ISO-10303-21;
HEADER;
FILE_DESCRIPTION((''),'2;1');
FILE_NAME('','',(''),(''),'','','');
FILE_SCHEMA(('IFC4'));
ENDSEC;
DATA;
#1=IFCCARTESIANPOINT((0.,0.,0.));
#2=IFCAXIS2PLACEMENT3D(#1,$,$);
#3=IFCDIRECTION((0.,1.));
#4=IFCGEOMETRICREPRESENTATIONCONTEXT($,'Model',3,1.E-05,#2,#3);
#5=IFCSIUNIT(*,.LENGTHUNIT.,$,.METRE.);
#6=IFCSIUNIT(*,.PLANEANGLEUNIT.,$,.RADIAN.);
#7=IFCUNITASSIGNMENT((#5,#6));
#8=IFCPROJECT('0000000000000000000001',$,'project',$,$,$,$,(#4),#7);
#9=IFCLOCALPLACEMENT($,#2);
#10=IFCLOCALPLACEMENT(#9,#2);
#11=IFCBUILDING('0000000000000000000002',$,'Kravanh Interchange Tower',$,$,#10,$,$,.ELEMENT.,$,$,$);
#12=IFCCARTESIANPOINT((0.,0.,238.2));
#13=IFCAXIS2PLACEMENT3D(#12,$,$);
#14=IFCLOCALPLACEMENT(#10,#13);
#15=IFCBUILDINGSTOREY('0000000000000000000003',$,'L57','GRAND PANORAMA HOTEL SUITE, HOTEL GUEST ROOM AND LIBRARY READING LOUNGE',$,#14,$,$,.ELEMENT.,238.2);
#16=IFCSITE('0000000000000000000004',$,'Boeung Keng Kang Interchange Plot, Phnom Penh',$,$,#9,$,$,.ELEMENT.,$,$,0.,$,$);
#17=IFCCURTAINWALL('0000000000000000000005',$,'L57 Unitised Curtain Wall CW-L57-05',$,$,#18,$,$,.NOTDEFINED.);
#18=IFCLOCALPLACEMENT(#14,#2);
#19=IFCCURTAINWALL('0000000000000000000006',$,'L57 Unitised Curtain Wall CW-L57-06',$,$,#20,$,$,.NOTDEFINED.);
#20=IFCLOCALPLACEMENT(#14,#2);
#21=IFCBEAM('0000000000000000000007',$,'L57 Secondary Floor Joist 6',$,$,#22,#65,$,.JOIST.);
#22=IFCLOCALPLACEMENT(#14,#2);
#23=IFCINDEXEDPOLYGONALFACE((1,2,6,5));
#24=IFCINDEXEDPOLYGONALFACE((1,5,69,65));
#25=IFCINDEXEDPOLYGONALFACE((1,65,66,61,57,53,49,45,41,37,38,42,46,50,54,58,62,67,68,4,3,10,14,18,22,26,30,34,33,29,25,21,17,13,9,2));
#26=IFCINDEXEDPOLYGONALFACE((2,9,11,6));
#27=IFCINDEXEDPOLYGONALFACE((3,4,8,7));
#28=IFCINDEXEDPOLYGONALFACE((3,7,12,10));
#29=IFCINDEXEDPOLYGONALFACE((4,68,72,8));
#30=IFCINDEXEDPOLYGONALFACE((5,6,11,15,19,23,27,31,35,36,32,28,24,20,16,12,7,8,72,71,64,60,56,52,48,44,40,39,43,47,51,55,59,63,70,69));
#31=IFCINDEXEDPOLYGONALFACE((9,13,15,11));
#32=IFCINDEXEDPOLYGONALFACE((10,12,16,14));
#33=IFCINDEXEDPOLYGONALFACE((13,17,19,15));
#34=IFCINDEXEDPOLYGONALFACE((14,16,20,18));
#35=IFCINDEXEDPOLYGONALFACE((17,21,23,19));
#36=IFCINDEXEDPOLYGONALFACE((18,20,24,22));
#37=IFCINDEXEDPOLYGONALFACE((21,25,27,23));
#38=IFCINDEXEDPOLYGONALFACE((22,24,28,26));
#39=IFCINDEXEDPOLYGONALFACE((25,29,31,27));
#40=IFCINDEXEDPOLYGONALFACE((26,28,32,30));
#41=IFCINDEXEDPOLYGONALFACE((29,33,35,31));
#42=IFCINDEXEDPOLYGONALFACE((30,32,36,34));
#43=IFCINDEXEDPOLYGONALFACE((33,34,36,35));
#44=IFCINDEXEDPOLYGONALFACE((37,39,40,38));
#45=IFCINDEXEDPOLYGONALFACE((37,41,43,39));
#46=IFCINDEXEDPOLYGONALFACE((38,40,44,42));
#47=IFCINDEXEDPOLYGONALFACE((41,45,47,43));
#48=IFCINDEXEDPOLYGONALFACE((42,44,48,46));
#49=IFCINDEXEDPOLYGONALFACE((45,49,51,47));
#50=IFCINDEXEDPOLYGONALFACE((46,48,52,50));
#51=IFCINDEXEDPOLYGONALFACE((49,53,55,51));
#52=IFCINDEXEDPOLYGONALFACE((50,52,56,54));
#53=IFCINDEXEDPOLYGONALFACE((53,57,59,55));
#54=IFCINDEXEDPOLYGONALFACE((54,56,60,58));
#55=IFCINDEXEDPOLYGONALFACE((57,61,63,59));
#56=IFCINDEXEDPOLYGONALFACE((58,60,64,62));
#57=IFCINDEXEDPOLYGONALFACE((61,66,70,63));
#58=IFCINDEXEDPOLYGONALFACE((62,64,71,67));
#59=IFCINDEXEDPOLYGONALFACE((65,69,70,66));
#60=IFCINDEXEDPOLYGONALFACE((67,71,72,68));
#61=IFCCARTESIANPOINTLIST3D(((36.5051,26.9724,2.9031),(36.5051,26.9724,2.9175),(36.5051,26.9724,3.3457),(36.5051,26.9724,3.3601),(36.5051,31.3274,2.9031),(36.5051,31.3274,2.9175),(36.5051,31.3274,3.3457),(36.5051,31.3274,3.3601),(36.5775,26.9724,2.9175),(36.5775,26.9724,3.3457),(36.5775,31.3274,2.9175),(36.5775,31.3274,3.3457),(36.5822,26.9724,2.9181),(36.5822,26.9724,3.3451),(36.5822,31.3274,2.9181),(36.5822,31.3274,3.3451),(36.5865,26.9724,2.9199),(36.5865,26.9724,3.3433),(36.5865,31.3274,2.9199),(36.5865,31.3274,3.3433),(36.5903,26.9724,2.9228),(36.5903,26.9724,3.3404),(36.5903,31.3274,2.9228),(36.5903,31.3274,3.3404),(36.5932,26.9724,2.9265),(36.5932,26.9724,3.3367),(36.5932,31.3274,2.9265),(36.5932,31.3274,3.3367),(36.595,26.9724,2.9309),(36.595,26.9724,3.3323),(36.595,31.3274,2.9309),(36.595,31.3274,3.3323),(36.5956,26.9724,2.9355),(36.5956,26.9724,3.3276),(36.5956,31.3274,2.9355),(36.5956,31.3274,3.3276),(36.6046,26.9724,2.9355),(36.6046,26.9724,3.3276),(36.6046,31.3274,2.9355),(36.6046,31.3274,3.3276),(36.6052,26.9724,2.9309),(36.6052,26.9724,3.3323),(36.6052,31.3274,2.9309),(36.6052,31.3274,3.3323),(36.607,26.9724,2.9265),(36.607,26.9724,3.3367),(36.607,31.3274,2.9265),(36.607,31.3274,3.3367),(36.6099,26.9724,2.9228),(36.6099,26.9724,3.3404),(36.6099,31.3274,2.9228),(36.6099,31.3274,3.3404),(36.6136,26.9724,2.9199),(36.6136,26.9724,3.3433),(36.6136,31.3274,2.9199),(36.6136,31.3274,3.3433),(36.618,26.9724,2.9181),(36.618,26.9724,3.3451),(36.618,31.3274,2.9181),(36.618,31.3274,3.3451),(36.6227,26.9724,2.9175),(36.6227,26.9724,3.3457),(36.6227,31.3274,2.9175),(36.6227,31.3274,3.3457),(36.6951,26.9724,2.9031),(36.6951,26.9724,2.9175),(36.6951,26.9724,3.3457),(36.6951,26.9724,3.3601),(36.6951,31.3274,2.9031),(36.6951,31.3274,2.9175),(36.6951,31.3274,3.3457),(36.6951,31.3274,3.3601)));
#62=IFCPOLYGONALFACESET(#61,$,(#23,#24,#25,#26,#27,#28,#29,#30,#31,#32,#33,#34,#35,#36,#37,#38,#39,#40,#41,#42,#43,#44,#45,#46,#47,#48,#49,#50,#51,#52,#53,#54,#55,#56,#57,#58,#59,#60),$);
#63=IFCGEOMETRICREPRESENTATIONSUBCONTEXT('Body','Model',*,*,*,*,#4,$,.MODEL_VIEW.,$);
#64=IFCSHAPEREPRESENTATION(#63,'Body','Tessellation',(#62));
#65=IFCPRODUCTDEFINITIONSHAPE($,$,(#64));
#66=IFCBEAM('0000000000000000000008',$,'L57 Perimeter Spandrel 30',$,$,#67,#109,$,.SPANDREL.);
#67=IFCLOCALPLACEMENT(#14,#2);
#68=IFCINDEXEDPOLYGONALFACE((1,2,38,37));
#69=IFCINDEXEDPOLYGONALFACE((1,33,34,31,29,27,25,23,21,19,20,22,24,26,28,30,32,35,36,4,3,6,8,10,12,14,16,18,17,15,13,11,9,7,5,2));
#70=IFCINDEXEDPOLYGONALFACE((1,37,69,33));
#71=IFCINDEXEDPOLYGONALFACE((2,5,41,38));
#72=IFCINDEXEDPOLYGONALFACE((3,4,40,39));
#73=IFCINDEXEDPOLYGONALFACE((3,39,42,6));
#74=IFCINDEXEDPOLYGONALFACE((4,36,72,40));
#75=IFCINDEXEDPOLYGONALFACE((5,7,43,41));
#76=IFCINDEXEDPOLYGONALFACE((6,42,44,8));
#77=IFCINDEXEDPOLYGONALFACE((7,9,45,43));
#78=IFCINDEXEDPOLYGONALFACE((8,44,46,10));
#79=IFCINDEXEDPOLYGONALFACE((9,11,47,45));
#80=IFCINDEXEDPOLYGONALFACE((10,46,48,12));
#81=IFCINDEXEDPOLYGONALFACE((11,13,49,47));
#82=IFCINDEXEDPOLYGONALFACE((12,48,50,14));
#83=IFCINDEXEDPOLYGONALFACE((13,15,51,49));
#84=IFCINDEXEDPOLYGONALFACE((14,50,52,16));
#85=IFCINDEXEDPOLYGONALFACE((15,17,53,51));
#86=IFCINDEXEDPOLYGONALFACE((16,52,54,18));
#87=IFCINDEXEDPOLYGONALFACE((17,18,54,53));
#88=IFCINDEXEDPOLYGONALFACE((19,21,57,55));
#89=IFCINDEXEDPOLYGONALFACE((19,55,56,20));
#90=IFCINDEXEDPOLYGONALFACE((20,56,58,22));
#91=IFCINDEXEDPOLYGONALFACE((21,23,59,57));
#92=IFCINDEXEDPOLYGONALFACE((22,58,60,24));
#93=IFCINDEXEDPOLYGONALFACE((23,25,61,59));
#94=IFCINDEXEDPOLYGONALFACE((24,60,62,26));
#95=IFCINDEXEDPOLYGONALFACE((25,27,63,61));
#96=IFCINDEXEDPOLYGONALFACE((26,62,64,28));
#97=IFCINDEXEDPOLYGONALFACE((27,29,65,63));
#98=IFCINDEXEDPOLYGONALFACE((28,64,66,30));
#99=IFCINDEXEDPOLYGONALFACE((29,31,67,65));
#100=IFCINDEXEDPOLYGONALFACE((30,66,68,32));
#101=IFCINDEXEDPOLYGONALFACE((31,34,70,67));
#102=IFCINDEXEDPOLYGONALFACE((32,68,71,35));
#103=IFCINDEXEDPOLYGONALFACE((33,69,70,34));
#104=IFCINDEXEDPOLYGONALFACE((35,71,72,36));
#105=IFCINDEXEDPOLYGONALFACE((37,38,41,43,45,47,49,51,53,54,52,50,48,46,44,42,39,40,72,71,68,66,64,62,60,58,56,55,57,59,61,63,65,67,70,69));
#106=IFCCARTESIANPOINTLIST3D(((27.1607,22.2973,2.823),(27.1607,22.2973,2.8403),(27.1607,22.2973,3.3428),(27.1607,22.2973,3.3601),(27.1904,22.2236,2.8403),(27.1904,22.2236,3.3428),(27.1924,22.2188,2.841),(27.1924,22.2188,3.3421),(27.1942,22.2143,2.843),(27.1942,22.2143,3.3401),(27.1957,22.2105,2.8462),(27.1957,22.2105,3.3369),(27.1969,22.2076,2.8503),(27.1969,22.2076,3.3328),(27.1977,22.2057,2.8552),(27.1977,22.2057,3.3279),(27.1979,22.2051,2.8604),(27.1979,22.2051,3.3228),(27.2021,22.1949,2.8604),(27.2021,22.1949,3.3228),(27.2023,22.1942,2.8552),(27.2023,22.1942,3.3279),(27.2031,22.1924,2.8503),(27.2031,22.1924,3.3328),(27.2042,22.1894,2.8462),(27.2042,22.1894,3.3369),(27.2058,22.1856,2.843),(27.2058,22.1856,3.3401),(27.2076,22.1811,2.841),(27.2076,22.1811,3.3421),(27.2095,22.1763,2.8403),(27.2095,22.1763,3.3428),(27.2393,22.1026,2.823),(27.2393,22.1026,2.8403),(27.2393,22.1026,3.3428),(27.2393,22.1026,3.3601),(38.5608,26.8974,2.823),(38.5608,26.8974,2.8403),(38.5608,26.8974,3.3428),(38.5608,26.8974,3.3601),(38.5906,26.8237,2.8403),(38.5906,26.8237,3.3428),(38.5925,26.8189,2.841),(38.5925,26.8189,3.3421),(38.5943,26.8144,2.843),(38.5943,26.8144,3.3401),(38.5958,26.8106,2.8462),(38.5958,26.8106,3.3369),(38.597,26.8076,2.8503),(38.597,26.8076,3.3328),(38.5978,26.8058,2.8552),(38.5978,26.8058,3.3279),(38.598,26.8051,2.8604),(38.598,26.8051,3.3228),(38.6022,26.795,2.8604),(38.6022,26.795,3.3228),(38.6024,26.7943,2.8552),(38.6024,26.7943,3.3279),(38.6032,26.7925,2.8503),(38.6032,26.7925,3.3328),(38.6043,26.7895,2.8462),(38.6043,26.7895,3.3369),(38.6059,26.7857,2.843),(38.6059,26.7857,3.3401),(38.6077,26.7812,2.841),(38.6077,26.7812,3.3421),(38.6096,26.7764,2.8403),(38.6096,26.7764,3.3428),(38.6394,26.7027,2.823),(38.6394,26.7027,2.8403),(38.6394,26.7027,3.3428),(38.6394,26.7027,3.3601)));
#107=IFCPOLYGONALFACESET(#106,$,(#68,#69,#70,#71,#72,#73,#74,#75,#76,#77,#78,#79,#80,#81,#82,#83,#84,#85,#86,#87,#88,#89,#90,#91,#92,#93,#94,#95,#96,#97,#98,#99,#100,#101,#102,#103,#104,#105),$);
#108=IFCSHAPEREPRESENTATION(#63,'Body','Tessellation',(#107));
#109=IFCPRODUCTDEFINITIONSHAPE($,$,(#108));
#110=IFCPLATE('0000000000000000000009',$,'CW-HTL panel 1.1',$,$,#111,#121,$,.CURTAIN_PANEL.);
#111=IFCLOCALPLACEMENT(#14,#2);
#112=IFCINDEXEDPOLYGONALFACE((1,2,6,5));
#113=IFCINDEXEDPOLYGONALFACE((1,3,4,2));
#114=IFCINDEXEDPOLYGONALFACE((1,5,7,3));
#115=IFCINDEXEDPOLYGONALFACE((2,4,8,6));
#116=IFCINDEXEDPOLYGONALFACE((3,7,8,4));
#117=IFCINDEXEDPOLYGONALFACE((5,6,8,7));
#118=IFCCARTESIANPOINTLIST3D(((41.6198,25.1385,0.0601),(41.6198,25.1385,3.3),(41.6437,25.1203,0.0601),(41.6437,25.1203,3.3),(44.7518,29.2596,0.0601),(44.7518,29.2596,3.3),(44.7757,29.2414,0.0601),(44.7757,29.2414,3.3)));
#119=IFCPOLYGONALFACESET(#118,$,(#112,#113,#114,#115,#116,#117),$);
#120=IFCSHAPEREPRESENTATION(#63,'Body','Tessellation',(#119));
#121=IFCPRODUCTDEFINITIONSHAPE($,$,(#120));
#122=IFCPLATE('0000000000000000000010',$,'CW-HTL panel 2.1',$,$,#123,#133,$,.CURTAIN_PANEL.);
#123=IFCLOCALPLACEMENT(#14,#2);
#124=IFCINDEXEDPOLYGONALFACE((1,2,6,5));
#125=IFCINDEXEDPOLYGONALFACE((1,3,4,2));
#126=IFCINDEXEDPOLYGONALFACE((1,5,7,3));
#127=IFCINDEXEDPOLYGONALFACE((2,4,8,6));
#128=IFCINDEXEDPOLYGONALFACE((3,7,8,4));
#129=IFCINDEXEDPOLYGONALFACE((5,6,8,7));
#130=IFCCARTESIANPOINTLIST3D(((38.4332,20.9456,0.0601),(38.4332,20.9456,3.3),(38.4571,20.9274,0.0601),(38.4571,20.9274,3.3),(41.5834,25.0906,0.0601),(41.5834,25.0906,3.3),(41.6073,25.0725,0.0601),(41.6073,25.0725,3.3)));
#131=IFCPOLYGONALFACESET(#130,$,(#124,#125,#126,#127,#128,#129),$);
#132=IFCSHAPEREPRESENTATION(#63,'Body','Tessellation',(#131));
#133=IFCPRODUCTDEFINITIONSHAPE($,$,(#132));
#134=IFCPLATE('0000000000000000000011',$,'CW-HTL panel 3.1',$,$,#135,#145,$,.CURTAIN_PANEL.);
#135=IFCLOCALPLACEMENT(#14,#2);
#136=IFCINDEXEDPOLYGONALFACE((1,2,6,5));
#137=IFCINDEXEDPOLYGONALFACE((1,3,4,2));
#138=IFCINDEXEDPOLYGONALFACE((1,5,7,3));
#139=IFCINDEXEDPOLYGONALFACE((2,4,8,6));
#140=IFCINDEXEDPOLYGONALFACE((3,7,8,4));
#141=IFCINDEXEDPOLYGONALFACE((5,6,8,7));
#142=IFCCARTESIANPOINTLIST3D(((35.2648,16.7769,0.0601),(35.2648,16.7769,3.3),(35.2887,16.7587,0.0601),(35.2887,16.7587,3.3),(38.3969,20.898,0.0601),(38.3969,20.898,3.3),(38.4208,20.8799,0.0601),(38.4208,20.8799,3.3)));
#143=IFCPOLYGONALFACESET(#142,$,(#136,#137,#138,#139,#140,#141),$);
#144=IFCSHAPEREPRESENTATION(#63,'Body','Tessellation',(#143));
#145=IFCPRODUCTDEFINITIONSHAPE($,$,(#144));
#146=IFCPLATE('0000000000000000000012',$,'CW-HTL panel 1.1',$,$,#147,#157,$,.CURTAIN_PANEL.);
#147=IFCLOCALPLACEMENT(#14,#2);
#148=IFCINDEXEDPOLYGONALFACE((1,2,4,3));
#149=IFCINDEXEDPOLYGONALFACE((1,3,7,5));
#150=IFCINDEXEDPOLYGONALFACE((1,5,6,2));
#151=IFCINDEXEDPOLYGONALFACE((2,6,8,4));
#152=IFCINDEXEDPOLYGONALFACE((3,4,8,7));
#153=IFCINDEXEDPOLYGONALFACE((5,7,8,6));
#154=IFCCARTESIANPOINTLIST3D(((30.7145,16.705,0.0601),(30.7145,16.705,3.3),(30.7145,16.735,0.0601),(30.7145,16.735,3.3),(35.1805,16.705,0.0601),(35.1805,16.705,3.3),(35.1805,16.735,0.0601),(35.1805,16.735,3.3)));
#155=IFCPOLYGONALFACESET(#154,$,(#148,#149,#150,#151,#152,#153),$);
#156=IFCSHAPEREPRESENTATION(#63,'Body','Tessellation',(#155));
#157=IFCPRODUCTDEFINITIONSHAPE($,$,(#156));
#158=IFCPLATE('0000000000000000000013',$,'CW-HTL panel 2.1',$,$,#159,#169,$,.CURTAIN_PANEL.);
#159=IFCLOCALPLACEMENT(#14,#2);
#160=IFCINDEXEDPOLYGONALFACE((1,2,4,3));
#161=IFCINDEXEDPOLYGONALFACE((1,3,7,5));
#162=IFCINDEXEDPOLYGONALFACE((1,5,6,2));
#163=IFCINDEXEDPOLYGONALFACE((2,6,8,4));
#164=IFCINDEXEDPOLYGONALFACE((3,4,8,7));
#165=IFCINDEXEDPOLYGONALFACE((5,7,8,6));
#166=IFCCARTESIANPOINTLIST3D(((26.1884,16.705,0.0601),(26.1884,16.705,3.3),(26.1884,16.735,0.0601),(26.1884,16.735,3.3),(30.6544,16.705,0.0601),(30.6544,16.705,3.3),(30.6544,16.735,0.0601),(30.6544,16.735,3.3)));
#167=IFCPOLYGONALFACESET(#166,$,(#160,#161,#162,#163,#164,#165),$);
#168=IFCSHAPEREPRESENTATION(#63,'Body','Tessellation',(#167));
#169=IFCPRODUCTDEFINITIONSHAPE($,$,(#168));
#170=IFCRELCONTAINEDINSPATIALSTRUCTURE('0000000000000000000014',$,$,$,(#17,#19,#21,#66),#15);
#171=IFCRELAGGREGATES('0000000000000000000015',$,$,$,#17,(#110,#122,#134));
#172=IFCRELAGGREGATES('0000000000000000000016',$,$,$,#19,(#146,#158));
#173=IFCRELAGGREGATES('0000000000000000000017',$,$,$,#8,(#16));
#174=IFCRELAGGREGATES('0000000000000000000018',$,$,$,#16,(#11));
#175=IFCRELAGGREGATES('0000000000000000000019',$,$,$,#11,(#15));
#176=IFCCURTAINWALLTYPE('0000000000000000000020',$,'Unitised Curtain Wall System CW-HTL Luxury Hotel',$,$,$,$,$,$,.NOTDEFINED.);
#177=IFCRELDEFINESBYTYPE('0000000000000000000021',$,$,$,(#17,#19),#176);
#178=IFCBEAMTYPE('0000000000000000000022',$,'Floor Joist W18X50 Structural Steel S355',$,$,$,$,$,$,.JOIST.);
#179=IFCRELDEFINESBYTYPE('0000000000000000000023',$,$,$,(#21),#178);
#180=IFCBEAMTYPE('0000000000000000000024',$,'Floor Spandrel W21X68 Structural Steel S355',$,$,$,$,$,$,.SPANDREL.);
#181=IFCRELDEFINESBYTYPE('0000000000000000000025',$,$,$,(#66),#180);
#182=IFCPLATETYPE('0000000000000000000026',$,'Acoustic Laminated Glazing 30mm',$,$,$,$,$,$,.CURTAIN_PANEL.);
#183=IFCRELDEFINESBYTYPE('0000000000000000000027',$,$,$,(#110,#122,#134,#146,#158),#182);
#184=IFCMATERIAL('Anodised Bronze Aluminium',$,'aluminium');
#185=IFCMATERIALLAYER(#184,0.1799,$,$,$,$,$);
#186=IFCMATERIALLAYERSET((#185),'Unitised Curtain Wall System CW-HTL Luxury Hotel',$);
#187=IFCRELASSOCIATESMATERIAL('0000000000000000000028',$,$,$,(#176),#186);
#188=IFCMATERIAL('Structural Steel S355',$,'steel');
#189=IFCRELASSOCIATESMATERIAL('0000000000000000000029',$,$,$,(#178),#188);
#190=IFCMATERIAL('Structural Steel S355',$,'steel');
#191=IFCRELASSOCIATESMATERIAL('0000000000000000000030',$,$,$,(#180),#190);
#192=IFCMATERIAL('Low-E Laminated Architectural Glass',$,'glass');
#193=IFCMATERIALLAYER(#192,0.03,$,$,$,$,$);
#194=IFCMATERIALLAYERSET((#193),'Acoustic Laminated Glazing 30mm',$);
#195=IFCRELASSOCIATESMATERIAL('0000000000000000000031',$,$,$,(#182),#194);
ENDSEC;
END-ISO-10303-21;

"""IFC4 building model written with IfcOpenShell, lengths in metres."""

from ifc_helpers import new_model, si_unit, direction, frame, origin, origin_2d, place, context, subcontext, project, spatial, rectangle, i_section, extrude, material, layer, layer_set, material_profile, profile_set, type_object, element, aggregate, save


model = new_model("IFC4")

# Units and contexts
model_context = context("Model", 3, precision=1e-05, world=origin(), true_north=direction((0.0, 1.0)))
body_context = subcontext(model_context, "Body", "Model", "MODEL_VIEW")
ifc_project = project(units=[si_unit("LENGTHUNIT", "METRE"), si_unit("PLANEANGLEUNIT", "RADIAN")], contexts=[model_context])

# Site, building, storey
site_placement = place(None, origin())
site = spatial("IfcSite", under=ifc_project, at=site_placement, Name="Boeung Keng Kang Interchange Plot, Phnom Penh", CompositionType="ELEMENT", RefElevation=0.0)
building_placement = place(site_placement, origin())
building = spatial("IfcBuilding", under=site, at=building_placement, Name="Kravanh Interchange Tower", CompositionType="ELEMENT")
storey_placement = place(building_placement, frame((0.0, 0.0, 238.2)))
storey = spatial("IfcBuildingStorey", under=building, at=storey_placement, Name="L57", Description="GRAND PANORAMA HOTEL SUITE, HOTEL GUEST ROOM AND LIBRARY READING LOUNGE", CompositionType="ELEMENT", Elevation=238.2)

# Curtain walls
ifc_material_1 = material(Name="Anodised Bronze Aluminium", Category="aluminium")
ifc_layer_1 = layer(ifc_material_1, 0.1799)
ifc_layer_set_1 = layer_set([ifc_layer_1], Name="Unitised Curtain Wall System CW-HTL Luxury Hotel")
curtain_wall_type = type_object("IfcCurtainWallType", Name="Unitised Curtain Wall System CW-HTL Luxury Hotel", PredefinedType="NOTDEFINED", material=ifc_layer_set_1)
curtain_wall_1_placement = place(storey_placement, origin())
curtain_wall_1 = element("IfcCurtainWall", 1, at=curtain_wall_1_placement, inside=storey, type_object=curtain_wall_type, Name="L57 Unitised Curtain Wall CW-L57-05", PredefinedType="NOTDEFINED")
curtain_wall_2_placement = place(storey_placement, origin())
curtain_wall_2 = element("IfcCurtainWall", 2, at=curtain_wall_2_placement, inside=storey, type_object=curtain_wall_type, Name="L57 Unitised Curtain Wall CW-L57-06", PredefinedType="NOTDEFINED")

# Beams
ifc_material_2 = material(Name="Structural Steel S355", Category="steel")
ifc_material_profile_1 = material_profile(ifc_material_2, i_section(OverallWidth=0.1899, OverallDepth=0.457, WebThickness=0.009, FlangeThickness=0.0144, FilletRadius=0.0181, at=origin_2d()), Name="W18X50")
ifc_profile_set_1 = profile_set([ifc_material_profile_1], Name="Structural Steel S355")
beam_type_1 = type_object("IfcBeamType", Name="Floor Joist W18X50 Structural Steel S355", PredefinedType="JOIST", material=ifc_profile_set_1)
for number, where, z_axis, x_axis, name in (
    (3, (36.6001, 26.9724, 3.1316), (0.0, 1.0, 0.0), (-1.0, 0.0, 0.0), "L57 Secondary Floor Joist 6"),
):
    element("IfcBeam", number, at=place(storey_placement, frame(where, z_axis=z_axis, x_axis=x_axis)), inside=storey, type_object=beam_type_1, Name=name, PredefinedType="JOIST", context=body_context, shape_type="SweptSolid", body=[
        extrude(i_section(OverallWidth=0.1899, OverallDepth=0.457, WebThickness=0.009, FlangeThickness=0.0144, FilletRadius=0.0181, at=origin_2d()), origin(), (0.0, 0.0, 1.0), 4.355),
    ])
ifc_material_3 = material(Name="Structural Steel S355", Category="steel")
ifc_material_profile_2 = material_profile(ifc_material_3, i_section(OverallWidth=0.21, OverallDepth=0.5371, WebThickness=0.011, FlangeThickness=0.0173, FilletRadius=0.02, at=origin_2d()), Name="W21X68")
ifc_profile_set_2 = profile_set([ifc_material_profile_2], Name="Structural Steel S355")
beam_type_2 = type_object("IfcBeamType", Name="Floor Spandrel W21X68 Structural Steel S355", PredefinedType="SPANDREL", material=ifc_profile_set_2)
beam_1_placement = place(storey_placement, frame((38.6001, 26.8, 3.0916), z_axis=(-0.927349, -0.374197, 0.0), x_axis=(0.374197, -0.927349, 0.0)))
element("IfcBeam", 4, at=beam_1_placement, inside=storey, type_object=beam_type_2, Name="L57 Perimeter Spandrel 30", PredefinedType="SPANDREL", context=body_context, shape_type="SweptSolid", body=[
    extrude(i_section(OverallWidth=0.21, OverallDepth=0.5371, WebThickness=0.011, FlangeThickness=0.0173, FilletRadius=0.02, at=origin_2d()), origin(), (0.0, 0.0, 1.0), 12.2932),
])

# Plates
ifc_material_4 = material(Name="Low-E Laminated Architectural Glass", Category="glass")
ifc_layer_2 = layer(ifc_material_4, 0.03)
ifc_layer_set_2 = layer_set([ifc_layer_2], Name="Acoustic Laminated Glazing 30mm")
plate_type = type_object("IfcPlateType", Name="Acoustic Laminated Glazing 30mm", PredefinedType="CURTAIN_PANEL", material=ifc_layer_set_2)
plate_1_placement = place(storey_placement, frame((43.1978, 27.1899, 0.0601), z_axis=(0.0, 0.0, 1.0), x_axis=(-0.605083, -0.796162, 0.0)))
plate_1 = element("IfcPlate", 5, at=plate_1_placement, type_object=plate_type, Name="CW-HTL panel 1.1", PredefinedType="CURTAIN_PANEL", context=body_context, shape_type="SweptSolid", body=[
    extrude(rectangle(XDim=5.1763, YDim=0.03, at=origin_2d()), origin(), (0.0, 0.0, 1.0), 3.24),
])
plate_2_placement = place(storey_placement, frame((40.0203, 23.009, 0.0601), z_axis=(0.0, 0.0, 1.0), x_axis=(-0.605083, -0.796162, 0.0)))
plate_2 = element("IfcPlate", 6, at=plate_2_placement, type_object=plate_type, Name="CW-HTL panel 2.1", PredefinedType="CURTAIN_PANEL", context=body_context, shape_type="SweptSolid", body=[
    extrude(rectangle(XDim=5.2063, YDim=0.03, at=origin_2d()), origin(), (0.0, 0.0, 1.0), 3.24),
])
plate_3_placement = place(storey_placement, frame((36.8428, 18.8284, 0.0601), z_axis=(0.0, 0.0, 1.0), x_axis=(-0.605083, -0.796162, 0.0)))
plate_3 = element("IfcPlate", 7, at=plate_3_placement, type_object=plate_type, Name="CW-HTL panel 3.1", PredefinedType="CURTAIN_PANEL", context=body_context, shape_type="SweptSolid", body=[
    extrude(rectangle(XDim=5.1763, YDim=0.03, at=origin_2d()), origin(), (0.0, 0.0, 1.0), 3.24),
])
aggregate(curtain_wall_1, [plate_1, plate_2, plate_3])
plate_4_placement = place(storey_placement, frame((32.9475, 16.72, 0.0601), z_axis=(0.0, 0.0, 1.0), x_axis=(-1.0, 0.0, 0.0)))
plate_4 = element("IfcPlate", 8, at=plate_4_placement, type_object=plate_type, Name="CW-HTL panel 1.1", PredefinedType="CURTAIN_PANEL", context=body_context, shape_type="SweptSolid", body=[
    extrude(rectangle(XDim=4.4661, YDim=0.03, at=origin_2d()), origin(), (0.0, 0.0, 1.0), 3.24),
])
plate_5_placement = place(storey_placement, frame((28.4214, 16.72, 0.0601), z_axis=(0.0, 0.0, 1.0), x_axis=(-1.0, 0.0, 0.0)))
plate_5 = element("IfcPlate", 9, at=plate_5_placement, type_object=plate_type, Name="CW-HTL panel 2.1", PredefinedType="CURTAIN_PANEL", context=body_context, shape_type="SweptSolid", body=[
    extrude(rectangle(XDim=4.4661, YDim=0.03, at=origin_2d()), origin(), (0.0, 0.0, 1.0), 3.24),
])
aggregate(curtain_wall_2, [plate_4, plate_5])

save(model, "model.ifc")
